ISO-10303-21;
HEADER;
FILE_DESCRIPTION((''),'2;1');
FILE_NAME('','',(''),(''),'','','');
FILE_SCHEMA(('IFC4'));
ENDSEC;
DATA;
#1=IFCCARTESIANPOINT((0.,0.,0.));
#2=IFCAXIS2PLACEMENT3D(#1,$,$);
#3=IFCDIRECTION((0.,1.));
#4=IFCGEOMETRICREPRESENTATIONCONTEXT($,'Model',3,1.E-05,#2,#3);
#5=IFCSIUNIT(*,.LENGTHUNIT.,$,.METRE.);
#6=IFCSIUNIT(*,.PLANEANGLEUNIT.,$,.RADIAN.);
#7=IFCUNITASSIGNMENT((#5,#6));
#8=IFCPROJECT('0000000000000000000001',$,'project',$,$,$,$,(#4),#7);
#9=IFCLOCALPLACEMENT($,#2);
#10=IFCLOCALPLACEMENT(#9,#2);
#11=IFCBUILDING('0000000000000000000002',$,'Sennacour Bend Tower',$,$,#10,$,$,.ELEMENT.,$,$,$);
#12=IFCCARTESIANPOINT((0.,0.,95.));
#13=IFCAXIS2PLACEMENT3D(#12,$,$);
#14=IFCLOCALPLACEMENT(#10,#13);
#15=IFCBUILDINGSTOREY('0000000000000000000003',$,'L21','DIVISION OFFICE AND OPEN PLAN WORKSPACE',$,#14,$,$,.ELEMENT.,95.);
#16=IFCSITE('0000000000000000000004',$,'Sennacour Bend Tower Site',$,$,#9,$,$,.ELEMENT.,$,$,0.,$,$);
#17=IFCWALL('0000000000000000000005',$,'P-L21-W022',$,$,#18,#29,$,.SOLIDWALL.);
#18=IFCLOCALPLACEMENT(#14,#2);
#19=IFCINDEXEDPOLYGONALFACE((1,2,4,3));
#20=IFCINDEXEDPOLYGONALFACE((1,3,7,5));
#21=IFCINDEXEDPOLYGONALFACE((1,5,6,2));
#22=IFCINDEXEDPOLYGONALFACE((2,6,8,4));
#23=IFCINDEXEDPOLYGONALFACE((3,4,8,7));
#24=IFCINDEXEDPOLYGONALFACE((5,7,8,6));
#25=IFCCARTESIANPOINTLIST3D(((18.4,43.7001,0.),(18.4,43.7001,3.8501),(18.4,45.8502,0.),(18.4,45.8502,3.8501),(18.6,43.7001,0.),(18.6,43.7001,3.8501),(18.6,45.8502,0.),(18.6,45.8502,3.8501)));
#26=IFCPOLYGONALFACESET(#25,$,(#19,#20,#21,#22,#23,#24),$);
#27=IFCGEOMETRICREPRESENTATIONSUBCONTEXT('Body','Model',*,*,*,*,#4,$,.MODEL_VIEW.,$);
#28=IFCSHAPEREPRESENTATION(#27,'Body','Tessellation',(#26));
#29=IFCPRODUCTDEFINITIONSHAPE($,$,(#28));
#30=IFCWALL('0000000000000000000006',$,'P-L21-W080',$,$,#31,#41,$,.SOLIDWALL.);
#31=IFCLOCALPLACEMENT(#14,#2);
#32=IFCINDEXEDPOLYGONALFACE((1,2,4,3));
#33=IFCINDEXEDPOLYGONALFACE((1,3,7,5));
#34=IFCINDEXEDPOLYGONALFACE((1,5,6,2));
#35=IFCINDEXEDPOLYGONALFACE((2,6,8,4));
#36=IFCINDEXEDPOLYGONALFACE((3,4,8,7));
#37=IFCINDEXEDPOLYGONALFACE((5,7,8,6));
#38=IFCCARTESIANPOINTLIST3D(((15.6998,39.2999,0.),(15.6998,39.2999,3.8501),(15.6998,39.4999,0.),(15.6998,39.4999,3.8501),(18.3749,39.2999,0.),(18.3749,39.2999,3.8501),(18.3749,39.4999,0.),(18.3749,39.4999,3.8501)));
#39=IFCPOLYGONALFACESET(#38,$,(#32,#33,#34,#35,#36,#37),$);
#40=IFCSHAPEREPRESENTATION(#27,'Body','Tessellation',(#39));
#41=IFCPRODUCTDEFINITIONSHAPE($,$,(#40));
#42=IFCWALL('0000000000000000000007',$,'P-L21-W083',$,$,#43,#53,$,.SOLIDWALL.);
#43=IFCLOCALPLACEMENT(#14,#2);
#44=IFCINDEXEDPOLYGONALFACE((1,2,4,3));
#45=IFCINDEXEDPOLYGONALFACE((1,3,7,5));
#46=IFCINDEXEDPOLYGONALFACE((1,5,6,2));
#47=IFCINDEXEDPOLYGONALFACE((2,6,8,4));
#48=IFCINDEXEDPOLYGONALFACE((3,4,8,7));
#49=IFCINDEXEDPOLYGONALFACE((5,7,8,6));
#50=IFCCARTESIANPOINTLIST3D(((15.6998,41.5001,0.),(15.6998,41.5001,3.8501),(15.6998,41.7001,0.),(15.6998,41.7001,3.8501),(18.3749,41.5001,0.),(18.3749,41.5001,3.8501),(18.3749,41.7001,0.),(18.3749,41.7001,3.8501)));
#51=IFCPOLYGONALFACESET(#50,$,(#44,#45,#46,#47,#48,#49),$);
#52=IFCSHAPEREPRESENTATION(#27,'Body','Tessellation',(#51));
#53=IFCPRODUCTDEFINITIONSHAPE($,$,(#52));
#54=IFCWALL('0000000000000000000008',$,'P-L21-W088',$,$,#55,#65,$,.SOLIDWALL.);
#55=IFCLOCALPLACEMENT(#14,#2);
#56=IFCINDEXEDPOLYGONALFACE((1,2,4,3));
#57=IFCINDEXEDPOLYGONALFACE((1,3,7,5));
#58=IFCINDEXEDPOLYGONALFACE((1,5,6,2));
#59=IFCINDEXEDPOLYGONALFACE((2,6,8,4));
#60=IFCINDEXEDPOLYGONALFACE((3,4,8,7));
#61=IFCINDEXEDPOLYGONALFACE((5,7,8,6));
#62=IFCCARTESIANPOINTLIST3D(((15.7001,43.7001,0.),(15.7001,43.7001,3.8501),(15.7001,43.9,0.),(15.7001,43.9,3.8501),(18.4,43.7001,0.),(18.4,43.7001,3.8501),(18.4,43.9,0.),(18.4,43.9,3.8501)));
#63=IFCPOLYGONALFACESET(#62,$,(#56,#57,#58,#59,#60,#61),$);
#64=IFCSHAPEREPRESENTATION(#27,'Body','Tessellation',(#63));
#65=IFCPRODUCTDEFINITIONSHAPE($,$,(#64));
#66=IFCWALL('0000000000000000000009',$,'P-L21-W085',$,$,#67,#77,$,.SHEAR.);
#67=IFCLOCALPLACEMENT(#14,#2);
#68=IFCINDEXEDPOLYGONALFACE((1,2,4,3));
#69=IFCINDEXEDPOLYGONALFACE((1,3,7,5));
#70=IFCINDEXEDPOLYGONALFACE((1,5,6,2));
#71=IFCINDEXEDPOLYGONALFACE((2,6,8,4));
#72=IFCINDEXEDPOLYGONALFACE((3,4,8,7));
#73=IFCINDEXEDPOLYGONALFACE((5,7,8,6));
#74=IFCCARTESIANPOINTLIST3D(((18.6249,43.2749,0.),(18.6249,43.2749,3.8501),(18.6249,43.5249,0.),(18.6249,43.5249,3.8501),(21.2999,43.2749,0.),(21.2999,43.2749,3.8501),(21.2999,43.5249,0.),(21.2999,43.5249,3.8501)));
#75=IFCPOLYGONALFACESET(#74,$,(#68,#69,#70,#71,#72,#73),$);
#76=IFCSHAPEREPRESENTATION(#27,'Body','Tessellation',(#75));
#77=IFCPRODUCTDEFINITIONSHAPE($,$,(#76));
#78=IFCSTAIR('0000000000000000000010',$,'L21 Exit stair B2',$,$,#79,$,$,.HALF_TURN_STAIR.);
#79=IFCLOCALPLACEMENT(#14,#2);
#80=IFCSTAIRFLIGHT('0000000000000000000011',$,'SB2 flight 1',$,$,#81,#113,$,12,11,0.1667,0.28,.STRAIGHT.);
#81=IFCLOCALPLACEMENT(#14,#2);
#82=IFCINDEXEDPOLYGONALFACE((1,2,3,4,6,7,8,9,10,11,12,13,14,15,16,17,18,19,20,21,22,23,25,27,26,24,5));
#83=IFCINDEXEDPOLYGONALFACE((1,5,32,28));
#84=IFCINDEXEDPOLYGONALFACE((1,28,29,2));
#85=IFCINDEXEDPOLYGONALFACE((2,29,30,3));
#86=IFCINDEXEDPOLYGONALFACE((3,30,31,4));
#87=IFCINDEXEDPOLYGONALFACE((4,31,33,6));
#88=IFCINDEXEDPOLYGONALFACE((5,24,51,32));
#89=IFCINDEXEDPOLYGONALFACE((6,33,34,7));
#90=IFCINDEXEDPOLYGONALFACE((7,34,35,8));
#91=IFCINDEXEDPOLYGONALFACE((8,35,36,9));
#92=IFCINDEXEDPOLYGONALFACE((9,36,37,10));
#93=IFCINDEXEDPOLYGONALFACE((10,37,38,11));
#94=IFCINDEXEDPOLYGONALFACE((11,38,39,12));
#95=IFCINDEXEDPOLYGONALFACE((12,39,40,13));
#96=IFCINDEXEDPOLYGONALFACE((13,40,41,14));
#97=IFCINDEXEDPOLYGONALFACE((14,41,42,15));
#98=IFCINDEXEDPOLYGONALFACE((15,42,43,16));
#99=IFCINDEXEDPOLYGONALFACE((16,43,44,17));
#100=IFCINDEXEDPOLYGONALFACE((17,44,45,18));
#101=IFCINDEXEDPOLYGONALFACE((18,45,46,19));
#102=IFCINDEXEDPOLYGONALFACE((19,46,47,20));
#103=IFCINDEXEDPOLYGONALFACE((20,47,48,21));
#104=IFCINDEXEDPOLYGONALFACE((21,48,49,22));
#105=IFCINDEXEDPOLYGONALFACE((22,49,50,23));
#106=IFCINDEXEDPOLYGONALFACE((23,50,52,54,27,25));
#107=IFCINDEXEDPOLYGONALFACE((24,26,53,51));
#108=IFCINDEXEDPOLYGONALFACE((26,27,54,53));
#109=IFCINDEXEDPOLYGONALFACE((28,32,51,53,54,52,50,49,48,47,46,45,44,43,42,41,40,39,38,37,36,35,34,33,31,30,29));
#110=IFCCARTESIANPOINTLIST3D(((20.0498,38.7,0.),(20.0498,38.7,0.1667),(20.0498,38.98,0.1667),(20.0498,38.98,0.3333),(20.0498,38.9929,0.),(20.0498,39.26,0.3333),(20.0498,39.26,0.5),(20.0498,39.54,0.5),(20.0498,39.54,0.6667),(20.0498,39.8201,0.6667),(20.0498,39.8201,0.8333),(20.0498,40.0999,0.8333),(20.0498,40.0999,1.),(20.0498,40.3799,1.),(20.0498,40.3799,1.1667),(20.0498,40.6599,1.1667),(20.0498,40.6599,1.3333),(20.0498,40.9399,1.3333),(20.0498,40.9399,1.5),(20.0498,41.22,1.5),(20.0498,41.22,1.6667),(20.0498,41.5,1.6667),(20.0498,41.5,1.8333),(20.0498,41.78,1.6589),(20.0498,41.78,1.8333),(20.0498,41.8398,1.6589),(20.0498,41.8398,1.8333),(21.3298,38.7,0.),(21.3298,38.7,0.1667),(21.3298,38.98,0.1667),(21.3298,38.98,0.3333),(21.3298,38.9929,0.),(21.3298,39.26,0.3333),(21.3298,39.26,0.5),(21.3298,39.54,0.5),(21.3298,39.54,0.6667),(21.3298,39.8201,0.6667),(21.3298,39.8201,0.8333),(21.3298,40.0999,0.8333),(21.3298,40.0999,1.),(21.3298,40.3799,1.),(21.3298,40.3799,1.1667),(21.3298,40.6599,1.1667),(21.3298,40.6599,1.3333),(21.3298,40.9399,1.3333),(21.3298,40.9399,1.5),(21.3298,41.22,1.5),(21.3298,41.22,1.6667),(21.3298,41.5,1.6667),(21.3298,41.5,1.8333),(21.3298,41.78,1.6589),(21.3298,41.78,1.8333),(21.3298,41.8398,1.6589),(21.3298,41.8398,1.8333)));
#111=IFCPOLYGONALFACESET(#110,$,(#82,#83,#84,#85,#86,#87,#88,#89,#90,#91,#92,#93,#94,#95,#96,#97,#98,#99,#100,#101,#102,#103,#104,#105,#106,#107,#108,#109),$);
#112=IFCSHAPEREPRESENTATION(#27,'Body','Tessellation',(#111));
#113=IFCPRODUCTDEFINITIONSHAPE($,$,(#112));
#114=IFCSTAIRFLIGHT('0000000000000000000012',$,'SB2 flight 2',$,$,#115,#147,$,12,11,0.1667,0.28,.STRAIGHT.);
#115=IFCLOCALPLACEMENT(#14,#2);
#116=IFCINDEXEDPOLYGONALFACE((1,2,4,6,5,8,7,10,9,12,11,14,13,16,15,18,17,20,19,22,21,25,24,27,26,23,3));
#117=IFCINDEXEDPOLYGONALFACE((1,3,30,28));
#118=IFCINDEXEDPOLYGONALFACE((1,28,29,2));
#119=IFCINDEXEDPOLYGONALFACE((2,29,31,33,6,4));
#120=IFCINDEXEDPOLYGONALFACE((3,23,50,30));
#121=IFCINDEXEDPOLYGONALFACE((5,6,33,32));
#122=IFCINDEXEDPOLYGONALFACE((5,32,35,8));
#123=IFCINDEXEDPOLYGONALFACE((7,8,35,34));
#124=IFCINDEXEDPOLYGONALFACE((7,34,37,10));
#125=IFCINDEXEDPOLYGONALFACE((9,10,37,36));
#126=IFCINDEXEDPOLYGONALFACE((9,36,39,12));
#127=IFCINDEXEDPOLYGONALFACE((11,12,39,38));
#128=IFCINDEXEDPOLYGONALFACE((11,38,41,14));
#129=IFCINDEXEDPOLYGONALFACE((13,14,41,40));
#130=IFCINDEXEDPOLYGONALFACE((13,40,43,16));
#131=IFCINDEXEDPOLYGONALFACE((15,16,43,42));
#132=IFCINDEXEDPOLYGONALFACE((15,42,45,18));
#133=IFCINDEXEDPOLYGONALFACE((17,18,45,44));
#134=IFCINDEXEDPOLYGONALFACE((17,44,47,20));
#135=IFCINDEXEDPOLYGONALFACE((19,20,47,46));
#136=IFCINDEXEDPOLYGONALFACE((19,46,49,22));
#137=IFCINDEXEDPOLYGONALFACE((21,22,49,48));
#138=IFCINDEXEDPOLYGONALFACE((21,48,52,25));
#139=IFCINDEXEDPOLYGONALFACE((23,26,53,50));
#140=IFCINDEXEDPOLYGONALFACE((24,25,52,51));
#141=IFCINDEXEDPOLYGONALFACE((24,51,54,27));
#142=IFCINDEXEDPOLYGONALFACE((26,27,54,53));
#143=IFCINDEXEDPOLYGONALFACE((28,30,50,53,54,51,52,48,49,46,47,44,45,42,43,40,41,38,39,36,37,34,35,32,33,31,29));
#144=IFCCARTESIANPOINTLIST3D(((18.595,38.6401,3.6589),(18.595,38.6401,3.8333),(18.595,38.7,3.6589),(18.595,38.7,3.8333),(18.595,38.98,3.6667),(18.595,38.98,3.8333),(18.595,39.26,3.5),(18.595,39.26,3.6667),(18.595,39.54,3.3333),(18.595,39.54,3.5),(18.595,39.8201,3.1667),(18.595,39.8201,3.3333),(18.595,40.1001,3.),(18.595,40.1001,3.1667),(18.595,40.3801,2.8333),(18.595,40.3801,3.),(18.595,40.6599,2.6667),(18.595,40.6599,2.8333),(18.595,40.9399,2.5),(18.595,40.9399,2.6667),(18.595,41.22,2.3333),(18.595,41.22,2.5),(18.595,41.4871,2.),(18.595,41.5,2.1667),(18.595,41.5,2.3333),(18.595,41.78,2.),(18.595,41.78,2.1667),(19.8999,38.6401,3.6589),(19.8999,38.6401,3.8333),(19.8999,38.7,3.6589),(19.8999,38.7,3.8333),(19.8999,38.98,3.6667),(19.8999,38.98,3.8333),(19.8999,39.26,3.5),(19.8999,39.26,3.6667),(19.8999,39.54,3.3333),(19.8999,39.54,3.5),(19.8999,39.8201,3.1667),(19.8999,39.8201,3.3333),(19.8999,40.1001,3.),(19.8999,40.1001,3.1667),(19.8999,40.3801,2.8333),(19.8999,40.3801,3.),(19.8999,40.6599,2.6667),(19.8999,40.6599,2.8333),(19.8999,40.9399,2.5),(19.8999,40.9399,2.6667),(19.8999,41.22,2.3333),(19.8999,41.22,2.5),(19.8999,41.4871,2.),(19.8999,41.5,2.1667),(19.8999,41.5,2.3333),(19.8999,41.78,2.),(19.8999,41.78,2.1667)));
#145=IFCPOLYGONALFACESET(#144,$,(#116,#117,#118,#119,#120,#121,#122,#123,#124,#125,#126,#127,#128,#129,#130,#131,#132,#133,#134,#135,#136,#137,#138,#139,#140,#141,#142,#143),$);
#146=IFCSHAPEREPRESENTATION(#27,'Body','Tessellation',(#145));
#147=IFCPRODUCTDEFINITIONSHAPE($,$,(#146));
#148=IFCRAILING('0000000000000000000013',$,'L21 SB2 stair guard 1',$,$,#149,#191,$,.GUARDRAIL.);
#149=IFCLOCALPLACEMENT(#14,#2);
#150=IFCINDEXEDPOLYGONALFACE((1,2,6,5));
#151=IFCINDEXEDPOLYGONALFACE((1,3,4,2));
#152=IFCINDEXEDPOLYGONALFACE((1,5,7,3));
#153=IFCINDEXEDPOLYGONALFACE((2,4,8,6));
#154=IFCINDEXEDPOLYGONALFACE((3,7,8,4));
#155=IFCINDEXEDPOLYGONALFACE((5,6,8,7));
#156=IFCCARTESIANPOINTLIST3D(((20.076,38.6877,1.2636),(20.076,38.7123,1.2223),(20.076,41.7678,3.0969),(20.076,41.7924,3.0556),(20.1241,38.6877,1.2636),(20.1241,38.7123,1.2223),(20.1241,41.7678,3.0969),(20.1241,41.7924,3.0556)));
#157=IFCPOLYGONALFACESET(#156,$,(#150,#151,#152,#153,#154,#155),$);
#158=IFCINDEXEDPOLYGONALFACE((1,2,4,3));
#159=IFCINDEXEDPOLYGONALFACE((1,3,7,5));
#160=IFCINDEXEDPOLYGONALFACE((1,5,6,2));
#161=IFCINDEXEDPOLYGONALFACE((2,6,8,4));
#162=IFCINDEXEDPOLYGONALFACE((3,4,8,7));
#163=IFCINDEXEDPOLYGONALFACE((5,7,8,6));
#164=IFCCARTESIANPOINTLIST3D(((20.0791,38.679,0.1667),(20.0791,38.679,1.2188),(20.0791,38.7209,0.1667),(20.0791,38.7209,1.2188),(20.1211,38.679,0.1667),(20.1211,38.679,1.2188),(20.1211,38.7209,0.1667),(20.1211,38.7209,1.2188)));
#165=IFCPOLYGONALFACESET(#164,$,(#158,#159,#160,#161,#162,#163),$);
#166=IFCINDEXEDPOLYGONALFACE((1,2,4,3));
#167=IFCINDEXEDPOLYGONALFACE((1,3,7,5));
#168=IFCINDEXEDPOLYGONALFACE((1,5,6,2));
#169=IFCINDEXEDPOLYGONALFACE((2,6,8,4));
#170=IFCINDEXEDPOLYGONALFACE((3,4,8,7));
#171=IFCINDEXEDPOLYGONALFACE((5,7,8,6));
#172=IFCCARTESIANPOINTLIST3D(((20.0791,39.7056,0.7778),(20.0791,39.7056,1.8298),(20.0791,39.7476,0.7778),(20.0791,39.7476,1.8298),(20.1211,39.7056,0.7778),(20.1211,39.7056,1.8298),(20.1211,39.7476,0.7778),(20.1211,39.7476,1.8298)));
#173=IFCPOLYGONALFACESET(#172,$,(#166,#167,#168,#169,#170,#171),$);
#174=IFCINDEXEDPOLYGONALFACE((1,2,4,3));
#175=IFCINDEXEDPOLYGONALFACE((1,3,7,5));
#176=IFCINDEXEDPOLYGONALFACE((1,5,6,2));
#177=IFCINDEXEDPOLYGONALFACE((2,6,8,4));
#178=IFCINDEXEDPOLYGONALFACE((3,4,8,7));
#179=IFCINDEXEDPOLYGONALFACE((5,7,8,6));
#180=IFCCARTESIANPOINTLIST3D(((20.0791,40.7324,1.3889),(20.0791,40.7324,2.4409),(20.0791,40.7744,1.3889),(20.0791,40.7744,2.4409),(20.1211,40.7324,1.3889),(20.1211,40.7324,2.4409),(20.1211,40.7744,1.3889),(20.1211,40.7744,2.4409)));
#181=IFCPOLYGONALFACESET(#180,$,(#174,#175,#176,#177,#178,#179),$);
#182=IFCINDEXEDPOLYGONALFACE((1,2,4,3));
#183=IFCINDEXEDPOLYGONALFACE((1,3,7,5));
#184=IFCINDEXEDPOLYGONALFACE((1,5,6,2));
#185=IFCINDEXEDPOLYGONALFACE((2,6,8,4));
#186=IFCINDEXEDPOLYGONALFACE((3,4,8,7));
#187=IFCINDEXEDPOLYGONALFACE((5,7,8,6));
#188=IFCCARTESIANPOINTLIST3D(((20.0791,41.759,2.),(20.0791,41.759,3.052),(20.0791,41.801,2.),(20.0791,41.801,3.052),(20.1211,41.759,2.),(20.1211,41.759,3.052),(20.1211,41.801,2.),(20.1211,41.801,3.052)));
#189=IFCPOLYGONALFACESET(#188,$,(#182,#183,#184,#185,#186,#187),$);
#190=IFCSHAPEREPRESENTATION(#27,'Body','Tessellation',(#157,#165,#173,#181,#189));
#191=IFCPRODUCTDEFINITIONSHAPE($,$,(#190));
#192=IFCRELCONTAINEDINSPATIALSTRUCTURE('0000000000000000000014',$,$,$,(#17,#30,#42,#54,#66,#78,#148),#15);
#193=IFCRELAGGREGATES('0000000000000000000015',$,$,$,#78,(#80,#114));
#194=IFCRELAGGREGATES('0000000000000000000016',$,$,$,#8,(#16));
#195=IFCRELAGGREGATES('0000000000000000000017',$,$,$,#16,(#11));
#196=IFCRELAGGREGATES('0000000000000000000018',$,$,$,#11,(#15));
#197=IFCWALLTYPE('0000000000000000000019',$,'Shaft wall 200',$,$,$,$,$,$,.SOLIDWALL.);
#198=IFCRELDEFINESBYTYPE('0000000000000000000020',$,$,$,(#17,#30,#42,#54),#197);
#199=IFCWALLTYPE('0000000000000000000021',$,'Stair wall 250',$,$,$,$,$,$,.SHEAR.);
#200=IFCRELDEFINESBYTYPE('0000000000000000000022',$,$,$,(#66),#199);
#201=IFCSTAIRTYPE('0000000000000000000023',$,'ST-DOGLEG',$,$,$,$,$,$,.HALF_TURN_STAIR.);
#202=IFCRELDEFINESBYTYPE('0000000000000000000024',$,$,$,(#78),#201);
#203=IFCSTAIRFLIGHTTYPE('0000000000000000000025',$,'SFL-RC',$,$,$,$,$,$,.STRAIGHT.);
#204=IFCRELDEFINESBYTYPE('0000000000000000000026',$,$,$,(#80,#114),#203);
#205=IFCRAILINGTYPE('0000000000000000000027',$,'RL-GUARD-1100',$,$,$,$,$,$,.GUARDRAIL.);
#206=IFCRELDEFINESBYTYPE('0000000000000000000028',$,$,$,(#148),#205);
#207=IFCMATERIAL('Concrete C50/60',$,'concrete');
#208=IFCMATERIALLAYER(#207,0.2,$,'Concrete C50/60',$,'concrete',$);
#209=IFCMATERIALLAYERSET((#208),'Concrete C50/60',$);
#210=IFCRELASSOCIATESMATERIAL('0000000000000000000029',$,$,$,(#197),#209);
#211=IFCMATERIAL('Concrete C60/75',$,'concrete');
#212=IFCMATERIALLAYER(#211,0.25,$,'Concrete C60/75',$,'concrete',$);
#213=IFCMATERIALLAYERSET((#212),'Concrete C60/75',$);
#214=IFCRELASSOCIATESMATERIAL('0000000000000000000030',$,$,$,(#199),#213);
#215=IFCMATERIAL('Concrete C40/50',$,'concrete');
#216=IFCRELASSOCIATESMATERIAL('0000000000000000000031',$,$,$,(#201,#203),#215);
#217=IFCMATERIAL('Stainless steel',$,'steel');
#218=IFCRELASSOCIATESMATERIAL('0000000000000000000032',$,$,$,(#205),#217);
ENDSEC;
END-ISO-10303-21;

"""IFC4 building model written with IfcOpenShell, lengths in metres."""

from ifc_helpers import new_model, si_unit, direction, frame, frame_2d, origin, origin_2d, place, context, subcontext, project, spatial, polyline, rectangle, outline, extrude, material, layer, layer_set, type_object, element, aggregate, save


model = new_model("IFC4")

# Units and contexts
model_context = context("Model", 3, precision=1e-05, world=origin(), true_north=direction((0.0, 1.0)))
body_context = subcontext(model_context, "Body", "Model", "MODEL_VIEW")
ifc_project = project(units=[si_unit("LENGTHUNIT", "METRE"), si_unit("PLANEANGLEUNIT", "RADIAN")], contexts=[model_context])

# Site, building, storey
site_placement = place(None, origin())
site = spatial("IfcSite", under=ifc_project, at=site_placement, Name="Sennacour Bend Tower Site", CompositionType="ELEMENT", RefElevation=0.0)
building_placement = place(site_placement, origin())
building = spatial("IfcBuilding", under=site, at=building_placement, Name="Sennacour Bend Tower", CompositionType="ELEMENT")
storey_placement = place(building_placement, frame((0.0, 0.0, 95.0)))
storey = spatial("IfcBuildingStorey", under=building, at=storey_placement, Name="L21", Description="DIVISION OFFICE AND OPEN PLAN WORKSPACE", CompositionType="ELEMENT", Elevation=95.0)

# Shared definitions
ifc_material_1 = material(Name="Concrete C50/60", Category="concrete")
ifc_layer_1 = layer(ifc_material_1, 0.2, Name="Concrete C50/60", Category="concrete")
ifc_layer_set_1 = layer_set([ifc_layer_1], Name="Concrete C50/60")
wall_type_1 = type_object("IfcWallType", Name="Shaft wall 200", PredefinedType="SOLIDWALL", material=ifc_layer_set_1)
ifc_material_2 = material(Name="Stainless steel", Category="steel")

# Walls
wall_1_placement = place(storey_placement, frame((18.5, 43.7, 0.0), z_axis=(0.0, 0.0, 1.0), x_axis=(0.0, 1.0, 0.0)))
element("IfcWall", 1, at=wall_1_placement, inside=storey, type_object=wall_type_1, Name="P-L21-W022", PredefinedType="SOLIDWALL", context=body_context, shape_type="SweptSolid", body=[
    extrude(rectangle(XDim=2.1501, YDim=0.2, at=frame_2d((1.0752, 0.0))), origin(), (0.0, 0.0, 1.0), 3.8501),
])
for number, where, z_axis, x_axis, name in (
    (2, (15.7, 39.3999, 0.0), (0.0, 0.0, 1.0), (1.0, 0.0, 0.0), "P-L21-W080"),
    (3, (15.7, 41.6001, 0.0), (0.0, 0.0, 1.0), (1.0, 0.0, 0.0), "P-L21-W083"),
):
    element("IfcWall", number, at=place(storey_placement, frame(where, z_axis=z_axis, x_axis=x_axis)), inside=storey, type_object=wall_type_1, Name=name, PredefinedType="SOLIDWALL", context=body_context, shape_type="SweptSolid", body=[
        extrude(rectangle(XDim=2.675, YDim=0.2, at=frame_2d((1.3374, 0.0))), origin(), (0.0, 0.0, 1.0), 3.8501),
    ])
wall_2_placement = place(storey_placement, frame((15.7, 43.8, 0.0), z_axis=(0.0, 0.0, 1.0), x_axis=(1.0, 0.0, 0.0)))
element("IfcWall", 4, at=wall_2_placement, inside=storey, type_object=wall_type_1, Name="P-L21-W088", PredefinedType="SOLIDWALL", context=body_context, shape_type="SweptSolid", body=[
    extrude(rectangle(XDim=2.7, YDim=0.2, at=frame_2d((1.3501, 0.0))), origin(), (0.0, 0.0, 1.0), 3.8501),
])
ifc_material_3 = material(Name="Concrete C60/75", Category="concrete")
ifc_layer_2 = layer(ifc_material_3, 0.25, Name="Concrete C60/75", Category="concrete")
ifc_layer_set_2 = layer_set([ifc_layer_2], Name="Concrete C60/75")
wall_type_2 = type_object("IfcWallType", Name="Stair wall 250", PredefinedType="SHEAR", material=ifc_layer_set_2)
wall_3_placement = place(storey_placement, frame((18.625, 43.3999, 0.0), z_axis=(0.0, 0.0, 1.0), x_axis=(1.0, 0.0, 0.0)))
element("IfcWall", 5, at=wall_3_placement, inside=storey, type_object=wall_type_2, Name="P-L21-W085", PredefinedType="SHEAR", context=body_context, shape_type="SweptSolid", body=[
    extrude(rectangle(XDim=2.675, YDim=0.25, at=frame_2d((1.3374, 0.0))), origin(), (0.0, 0.0, 1.0), 3.8501),
])

# Stair, stair flights
ifc_material_4 = material(Name="Concrete C40/50", Category="concrete")
stair_type = type_object("IfcStairType", Name="ST-DOGLEG", PredefinedType="HALF_TURN_STAIR", material=ifc_material_4)
stair_placement = place(storey_placement, origin())
stair = element("IfcStair", 6, at=stair_placement, inside=storey, type_object=stair_type, Name="L21 Exit stair B2", PredefinedType="HALF_TURN_STAIR")
stair_flight_type = type_object("IfcStairFlightType", Name="SFL-RC", PredefinedType="STRAIGHT", material=ifc_material_4)
stair_flight_1_placement = place(storey_placement, frame((20.6899, 38.7, 0.0), z_axis=(0.0, 0.0, 1.0), x_axis=(0.0, 1.0, 0.0)))
stair_flight_1 = element("IfcStairFlight", 7, at=stair_flight_1_placement, type_object=stair_flight_type, Name="SB2 flight 1", NumberOfRisers=12, NumberOfTreads=11, PredefinedType="STRAIGHT", RiserHeight=0.1667, TreadLength=0.28, context=body_context, shape_type="SweptSolid", body=[
    extrude(outline(polyline([(0.0, 0.0), (0.0, 0.1667), (0.28, 0.1667), (0.28, 0.3333), (0.5601, 0.3333), (0.5601, 0.5), (0.8401, 0.5), (0.8401, 0.6667), (1.1201, 0.6667), (1.1201, 0.8333), (1.3999, 0.8333), (1.3999, 1.0), (1.6799, 1.0), (1.6799, 1.1667), (1.96, 1.1667), (1.96, 1.3333), (2.24, 1.3333), (2.24, 1.5), (2.52, 1.5), (2.52, 1.6667), (2.8, 1.6667), (2.8, 1.8333), (3.0801, 1.8333), (3.1399, 1.8333), (3.1399, 1.6589), (3.0801, 1.6589), (0.293, 0.0), (0.0, 0.0)])), frame((0.0, 0.6401, 0.0), z_axis=(0.0, -1.0, 0.0), x_axis=(1.0, 0.0, 0.0)), (0.0, 0.0, 1.0), 1.28),
])
stair_flight_2_placement = place(storey_placement, frame((19.2476, 41.78, 2.0), z_axis=(0.0, 0.0, 1.0), x_axis=(0.0, -1.0, 0.0)))
stair_flight_2 = element("IfcStairFlight", 8, at=stair_flight_2_placement, type_object=stair_flight_type, Name="SB2 flight 2", NumberOfRisers=12, NumberOfTreads=11, PredefinedType="STRAIGHT", RiserHeight=0.1667, TreadLength=0.28, context=body_context, shape_type="SweptSolid", body=[
    extrude(outline(polyline([(0.0, 0.0), (0.0, 0.1667), (0.28, 0.1667), (0.28, 0.3333), (0.5601, 0.3333), (0.5601, 0.5), (0.8401, 0.5), (0.8401, 0.6667), (1.1201, 0.6667), (1.1201, 0.8333), (1.3999, 0.8333), (1.3999, 1.0), (1.6799, 1.0), (1.6799, 1.1667), (1.96, 1.1667), (1.96, 1.3333), (2.24, 1.3333), (2.24, 1.5), (2.52, 1.5), (2.52, 1.6667), (2.8, 1.6667), (2.8, 1.8333), (3.0801, 1.8333), (3.1399, 1.8333), (3.1399, 1.6589), (3.0801, 1.6589), (0.293, 0.0), (0.0, 0.0)])), frame((0.0, 0.6523, 0.0), z_axis=(0.0, -1.0, 0.0), x_axis=(1.0, 0.0, 0.0)), (0.0, 0.0, 1.0), 1.3049),
])
aggregate(stair, [stair_flight_1, stair_flight_2])

# Railing
railing_type_1 = type_object("IfcRailingType", Name="RL-GUARD-1100", PredefinedType="GUARDRAIL", material=ifc_material_2)
railing_1_placement = place(storey_placement, frame((20.1001, 38.7, 0.1667)))
element("IfcRailing", 9, at=railing_1_placement, inside=storey, type_object=railing_type_1, Name="L21 SB2 stair guard 1", PredefinedType="GUARDRAIL", context=body_context, shape_type="SweptSolid", body=[
    extrude(rectangle(XDim=0.0481, YDim=0.0481, at=origin_2d()), frame((0.0, 0.0, 1.0762), z_axis=(0.0, 0.859309, 0.511458), x_axis=(-1.0, 0.0, 0.0)), (0.0, 0.0, 1.0), 3.5845),
    extrude(rectangle(XDim=0.042, YDim=0.042, at=origin_2d()), origin(), (0.0, 0.0, 1.0), 1.052),
    extrude(rectangle(XDim=0.042, YDim=0.042, at=origin_2d()), frame((0.0, 1.0266, 0.6111)), (0.0, 0.0, 1.0), 1.052),
    extrude(rectangle(XDim=0.042, YDim=0.042, at=origin_2d()), frame((0.0, 2.0535, 1.2222)), (0.0, 0.0, 1.0), 1.052),
    extrude(rectangle(XDim=0.042, YDim=0.042, at=origin_2d()), frame((0.0, 3.0801, 1.8333)), (0.0, 0.0, 1.0), 1.052),
])

save(model, "model.ifc")
